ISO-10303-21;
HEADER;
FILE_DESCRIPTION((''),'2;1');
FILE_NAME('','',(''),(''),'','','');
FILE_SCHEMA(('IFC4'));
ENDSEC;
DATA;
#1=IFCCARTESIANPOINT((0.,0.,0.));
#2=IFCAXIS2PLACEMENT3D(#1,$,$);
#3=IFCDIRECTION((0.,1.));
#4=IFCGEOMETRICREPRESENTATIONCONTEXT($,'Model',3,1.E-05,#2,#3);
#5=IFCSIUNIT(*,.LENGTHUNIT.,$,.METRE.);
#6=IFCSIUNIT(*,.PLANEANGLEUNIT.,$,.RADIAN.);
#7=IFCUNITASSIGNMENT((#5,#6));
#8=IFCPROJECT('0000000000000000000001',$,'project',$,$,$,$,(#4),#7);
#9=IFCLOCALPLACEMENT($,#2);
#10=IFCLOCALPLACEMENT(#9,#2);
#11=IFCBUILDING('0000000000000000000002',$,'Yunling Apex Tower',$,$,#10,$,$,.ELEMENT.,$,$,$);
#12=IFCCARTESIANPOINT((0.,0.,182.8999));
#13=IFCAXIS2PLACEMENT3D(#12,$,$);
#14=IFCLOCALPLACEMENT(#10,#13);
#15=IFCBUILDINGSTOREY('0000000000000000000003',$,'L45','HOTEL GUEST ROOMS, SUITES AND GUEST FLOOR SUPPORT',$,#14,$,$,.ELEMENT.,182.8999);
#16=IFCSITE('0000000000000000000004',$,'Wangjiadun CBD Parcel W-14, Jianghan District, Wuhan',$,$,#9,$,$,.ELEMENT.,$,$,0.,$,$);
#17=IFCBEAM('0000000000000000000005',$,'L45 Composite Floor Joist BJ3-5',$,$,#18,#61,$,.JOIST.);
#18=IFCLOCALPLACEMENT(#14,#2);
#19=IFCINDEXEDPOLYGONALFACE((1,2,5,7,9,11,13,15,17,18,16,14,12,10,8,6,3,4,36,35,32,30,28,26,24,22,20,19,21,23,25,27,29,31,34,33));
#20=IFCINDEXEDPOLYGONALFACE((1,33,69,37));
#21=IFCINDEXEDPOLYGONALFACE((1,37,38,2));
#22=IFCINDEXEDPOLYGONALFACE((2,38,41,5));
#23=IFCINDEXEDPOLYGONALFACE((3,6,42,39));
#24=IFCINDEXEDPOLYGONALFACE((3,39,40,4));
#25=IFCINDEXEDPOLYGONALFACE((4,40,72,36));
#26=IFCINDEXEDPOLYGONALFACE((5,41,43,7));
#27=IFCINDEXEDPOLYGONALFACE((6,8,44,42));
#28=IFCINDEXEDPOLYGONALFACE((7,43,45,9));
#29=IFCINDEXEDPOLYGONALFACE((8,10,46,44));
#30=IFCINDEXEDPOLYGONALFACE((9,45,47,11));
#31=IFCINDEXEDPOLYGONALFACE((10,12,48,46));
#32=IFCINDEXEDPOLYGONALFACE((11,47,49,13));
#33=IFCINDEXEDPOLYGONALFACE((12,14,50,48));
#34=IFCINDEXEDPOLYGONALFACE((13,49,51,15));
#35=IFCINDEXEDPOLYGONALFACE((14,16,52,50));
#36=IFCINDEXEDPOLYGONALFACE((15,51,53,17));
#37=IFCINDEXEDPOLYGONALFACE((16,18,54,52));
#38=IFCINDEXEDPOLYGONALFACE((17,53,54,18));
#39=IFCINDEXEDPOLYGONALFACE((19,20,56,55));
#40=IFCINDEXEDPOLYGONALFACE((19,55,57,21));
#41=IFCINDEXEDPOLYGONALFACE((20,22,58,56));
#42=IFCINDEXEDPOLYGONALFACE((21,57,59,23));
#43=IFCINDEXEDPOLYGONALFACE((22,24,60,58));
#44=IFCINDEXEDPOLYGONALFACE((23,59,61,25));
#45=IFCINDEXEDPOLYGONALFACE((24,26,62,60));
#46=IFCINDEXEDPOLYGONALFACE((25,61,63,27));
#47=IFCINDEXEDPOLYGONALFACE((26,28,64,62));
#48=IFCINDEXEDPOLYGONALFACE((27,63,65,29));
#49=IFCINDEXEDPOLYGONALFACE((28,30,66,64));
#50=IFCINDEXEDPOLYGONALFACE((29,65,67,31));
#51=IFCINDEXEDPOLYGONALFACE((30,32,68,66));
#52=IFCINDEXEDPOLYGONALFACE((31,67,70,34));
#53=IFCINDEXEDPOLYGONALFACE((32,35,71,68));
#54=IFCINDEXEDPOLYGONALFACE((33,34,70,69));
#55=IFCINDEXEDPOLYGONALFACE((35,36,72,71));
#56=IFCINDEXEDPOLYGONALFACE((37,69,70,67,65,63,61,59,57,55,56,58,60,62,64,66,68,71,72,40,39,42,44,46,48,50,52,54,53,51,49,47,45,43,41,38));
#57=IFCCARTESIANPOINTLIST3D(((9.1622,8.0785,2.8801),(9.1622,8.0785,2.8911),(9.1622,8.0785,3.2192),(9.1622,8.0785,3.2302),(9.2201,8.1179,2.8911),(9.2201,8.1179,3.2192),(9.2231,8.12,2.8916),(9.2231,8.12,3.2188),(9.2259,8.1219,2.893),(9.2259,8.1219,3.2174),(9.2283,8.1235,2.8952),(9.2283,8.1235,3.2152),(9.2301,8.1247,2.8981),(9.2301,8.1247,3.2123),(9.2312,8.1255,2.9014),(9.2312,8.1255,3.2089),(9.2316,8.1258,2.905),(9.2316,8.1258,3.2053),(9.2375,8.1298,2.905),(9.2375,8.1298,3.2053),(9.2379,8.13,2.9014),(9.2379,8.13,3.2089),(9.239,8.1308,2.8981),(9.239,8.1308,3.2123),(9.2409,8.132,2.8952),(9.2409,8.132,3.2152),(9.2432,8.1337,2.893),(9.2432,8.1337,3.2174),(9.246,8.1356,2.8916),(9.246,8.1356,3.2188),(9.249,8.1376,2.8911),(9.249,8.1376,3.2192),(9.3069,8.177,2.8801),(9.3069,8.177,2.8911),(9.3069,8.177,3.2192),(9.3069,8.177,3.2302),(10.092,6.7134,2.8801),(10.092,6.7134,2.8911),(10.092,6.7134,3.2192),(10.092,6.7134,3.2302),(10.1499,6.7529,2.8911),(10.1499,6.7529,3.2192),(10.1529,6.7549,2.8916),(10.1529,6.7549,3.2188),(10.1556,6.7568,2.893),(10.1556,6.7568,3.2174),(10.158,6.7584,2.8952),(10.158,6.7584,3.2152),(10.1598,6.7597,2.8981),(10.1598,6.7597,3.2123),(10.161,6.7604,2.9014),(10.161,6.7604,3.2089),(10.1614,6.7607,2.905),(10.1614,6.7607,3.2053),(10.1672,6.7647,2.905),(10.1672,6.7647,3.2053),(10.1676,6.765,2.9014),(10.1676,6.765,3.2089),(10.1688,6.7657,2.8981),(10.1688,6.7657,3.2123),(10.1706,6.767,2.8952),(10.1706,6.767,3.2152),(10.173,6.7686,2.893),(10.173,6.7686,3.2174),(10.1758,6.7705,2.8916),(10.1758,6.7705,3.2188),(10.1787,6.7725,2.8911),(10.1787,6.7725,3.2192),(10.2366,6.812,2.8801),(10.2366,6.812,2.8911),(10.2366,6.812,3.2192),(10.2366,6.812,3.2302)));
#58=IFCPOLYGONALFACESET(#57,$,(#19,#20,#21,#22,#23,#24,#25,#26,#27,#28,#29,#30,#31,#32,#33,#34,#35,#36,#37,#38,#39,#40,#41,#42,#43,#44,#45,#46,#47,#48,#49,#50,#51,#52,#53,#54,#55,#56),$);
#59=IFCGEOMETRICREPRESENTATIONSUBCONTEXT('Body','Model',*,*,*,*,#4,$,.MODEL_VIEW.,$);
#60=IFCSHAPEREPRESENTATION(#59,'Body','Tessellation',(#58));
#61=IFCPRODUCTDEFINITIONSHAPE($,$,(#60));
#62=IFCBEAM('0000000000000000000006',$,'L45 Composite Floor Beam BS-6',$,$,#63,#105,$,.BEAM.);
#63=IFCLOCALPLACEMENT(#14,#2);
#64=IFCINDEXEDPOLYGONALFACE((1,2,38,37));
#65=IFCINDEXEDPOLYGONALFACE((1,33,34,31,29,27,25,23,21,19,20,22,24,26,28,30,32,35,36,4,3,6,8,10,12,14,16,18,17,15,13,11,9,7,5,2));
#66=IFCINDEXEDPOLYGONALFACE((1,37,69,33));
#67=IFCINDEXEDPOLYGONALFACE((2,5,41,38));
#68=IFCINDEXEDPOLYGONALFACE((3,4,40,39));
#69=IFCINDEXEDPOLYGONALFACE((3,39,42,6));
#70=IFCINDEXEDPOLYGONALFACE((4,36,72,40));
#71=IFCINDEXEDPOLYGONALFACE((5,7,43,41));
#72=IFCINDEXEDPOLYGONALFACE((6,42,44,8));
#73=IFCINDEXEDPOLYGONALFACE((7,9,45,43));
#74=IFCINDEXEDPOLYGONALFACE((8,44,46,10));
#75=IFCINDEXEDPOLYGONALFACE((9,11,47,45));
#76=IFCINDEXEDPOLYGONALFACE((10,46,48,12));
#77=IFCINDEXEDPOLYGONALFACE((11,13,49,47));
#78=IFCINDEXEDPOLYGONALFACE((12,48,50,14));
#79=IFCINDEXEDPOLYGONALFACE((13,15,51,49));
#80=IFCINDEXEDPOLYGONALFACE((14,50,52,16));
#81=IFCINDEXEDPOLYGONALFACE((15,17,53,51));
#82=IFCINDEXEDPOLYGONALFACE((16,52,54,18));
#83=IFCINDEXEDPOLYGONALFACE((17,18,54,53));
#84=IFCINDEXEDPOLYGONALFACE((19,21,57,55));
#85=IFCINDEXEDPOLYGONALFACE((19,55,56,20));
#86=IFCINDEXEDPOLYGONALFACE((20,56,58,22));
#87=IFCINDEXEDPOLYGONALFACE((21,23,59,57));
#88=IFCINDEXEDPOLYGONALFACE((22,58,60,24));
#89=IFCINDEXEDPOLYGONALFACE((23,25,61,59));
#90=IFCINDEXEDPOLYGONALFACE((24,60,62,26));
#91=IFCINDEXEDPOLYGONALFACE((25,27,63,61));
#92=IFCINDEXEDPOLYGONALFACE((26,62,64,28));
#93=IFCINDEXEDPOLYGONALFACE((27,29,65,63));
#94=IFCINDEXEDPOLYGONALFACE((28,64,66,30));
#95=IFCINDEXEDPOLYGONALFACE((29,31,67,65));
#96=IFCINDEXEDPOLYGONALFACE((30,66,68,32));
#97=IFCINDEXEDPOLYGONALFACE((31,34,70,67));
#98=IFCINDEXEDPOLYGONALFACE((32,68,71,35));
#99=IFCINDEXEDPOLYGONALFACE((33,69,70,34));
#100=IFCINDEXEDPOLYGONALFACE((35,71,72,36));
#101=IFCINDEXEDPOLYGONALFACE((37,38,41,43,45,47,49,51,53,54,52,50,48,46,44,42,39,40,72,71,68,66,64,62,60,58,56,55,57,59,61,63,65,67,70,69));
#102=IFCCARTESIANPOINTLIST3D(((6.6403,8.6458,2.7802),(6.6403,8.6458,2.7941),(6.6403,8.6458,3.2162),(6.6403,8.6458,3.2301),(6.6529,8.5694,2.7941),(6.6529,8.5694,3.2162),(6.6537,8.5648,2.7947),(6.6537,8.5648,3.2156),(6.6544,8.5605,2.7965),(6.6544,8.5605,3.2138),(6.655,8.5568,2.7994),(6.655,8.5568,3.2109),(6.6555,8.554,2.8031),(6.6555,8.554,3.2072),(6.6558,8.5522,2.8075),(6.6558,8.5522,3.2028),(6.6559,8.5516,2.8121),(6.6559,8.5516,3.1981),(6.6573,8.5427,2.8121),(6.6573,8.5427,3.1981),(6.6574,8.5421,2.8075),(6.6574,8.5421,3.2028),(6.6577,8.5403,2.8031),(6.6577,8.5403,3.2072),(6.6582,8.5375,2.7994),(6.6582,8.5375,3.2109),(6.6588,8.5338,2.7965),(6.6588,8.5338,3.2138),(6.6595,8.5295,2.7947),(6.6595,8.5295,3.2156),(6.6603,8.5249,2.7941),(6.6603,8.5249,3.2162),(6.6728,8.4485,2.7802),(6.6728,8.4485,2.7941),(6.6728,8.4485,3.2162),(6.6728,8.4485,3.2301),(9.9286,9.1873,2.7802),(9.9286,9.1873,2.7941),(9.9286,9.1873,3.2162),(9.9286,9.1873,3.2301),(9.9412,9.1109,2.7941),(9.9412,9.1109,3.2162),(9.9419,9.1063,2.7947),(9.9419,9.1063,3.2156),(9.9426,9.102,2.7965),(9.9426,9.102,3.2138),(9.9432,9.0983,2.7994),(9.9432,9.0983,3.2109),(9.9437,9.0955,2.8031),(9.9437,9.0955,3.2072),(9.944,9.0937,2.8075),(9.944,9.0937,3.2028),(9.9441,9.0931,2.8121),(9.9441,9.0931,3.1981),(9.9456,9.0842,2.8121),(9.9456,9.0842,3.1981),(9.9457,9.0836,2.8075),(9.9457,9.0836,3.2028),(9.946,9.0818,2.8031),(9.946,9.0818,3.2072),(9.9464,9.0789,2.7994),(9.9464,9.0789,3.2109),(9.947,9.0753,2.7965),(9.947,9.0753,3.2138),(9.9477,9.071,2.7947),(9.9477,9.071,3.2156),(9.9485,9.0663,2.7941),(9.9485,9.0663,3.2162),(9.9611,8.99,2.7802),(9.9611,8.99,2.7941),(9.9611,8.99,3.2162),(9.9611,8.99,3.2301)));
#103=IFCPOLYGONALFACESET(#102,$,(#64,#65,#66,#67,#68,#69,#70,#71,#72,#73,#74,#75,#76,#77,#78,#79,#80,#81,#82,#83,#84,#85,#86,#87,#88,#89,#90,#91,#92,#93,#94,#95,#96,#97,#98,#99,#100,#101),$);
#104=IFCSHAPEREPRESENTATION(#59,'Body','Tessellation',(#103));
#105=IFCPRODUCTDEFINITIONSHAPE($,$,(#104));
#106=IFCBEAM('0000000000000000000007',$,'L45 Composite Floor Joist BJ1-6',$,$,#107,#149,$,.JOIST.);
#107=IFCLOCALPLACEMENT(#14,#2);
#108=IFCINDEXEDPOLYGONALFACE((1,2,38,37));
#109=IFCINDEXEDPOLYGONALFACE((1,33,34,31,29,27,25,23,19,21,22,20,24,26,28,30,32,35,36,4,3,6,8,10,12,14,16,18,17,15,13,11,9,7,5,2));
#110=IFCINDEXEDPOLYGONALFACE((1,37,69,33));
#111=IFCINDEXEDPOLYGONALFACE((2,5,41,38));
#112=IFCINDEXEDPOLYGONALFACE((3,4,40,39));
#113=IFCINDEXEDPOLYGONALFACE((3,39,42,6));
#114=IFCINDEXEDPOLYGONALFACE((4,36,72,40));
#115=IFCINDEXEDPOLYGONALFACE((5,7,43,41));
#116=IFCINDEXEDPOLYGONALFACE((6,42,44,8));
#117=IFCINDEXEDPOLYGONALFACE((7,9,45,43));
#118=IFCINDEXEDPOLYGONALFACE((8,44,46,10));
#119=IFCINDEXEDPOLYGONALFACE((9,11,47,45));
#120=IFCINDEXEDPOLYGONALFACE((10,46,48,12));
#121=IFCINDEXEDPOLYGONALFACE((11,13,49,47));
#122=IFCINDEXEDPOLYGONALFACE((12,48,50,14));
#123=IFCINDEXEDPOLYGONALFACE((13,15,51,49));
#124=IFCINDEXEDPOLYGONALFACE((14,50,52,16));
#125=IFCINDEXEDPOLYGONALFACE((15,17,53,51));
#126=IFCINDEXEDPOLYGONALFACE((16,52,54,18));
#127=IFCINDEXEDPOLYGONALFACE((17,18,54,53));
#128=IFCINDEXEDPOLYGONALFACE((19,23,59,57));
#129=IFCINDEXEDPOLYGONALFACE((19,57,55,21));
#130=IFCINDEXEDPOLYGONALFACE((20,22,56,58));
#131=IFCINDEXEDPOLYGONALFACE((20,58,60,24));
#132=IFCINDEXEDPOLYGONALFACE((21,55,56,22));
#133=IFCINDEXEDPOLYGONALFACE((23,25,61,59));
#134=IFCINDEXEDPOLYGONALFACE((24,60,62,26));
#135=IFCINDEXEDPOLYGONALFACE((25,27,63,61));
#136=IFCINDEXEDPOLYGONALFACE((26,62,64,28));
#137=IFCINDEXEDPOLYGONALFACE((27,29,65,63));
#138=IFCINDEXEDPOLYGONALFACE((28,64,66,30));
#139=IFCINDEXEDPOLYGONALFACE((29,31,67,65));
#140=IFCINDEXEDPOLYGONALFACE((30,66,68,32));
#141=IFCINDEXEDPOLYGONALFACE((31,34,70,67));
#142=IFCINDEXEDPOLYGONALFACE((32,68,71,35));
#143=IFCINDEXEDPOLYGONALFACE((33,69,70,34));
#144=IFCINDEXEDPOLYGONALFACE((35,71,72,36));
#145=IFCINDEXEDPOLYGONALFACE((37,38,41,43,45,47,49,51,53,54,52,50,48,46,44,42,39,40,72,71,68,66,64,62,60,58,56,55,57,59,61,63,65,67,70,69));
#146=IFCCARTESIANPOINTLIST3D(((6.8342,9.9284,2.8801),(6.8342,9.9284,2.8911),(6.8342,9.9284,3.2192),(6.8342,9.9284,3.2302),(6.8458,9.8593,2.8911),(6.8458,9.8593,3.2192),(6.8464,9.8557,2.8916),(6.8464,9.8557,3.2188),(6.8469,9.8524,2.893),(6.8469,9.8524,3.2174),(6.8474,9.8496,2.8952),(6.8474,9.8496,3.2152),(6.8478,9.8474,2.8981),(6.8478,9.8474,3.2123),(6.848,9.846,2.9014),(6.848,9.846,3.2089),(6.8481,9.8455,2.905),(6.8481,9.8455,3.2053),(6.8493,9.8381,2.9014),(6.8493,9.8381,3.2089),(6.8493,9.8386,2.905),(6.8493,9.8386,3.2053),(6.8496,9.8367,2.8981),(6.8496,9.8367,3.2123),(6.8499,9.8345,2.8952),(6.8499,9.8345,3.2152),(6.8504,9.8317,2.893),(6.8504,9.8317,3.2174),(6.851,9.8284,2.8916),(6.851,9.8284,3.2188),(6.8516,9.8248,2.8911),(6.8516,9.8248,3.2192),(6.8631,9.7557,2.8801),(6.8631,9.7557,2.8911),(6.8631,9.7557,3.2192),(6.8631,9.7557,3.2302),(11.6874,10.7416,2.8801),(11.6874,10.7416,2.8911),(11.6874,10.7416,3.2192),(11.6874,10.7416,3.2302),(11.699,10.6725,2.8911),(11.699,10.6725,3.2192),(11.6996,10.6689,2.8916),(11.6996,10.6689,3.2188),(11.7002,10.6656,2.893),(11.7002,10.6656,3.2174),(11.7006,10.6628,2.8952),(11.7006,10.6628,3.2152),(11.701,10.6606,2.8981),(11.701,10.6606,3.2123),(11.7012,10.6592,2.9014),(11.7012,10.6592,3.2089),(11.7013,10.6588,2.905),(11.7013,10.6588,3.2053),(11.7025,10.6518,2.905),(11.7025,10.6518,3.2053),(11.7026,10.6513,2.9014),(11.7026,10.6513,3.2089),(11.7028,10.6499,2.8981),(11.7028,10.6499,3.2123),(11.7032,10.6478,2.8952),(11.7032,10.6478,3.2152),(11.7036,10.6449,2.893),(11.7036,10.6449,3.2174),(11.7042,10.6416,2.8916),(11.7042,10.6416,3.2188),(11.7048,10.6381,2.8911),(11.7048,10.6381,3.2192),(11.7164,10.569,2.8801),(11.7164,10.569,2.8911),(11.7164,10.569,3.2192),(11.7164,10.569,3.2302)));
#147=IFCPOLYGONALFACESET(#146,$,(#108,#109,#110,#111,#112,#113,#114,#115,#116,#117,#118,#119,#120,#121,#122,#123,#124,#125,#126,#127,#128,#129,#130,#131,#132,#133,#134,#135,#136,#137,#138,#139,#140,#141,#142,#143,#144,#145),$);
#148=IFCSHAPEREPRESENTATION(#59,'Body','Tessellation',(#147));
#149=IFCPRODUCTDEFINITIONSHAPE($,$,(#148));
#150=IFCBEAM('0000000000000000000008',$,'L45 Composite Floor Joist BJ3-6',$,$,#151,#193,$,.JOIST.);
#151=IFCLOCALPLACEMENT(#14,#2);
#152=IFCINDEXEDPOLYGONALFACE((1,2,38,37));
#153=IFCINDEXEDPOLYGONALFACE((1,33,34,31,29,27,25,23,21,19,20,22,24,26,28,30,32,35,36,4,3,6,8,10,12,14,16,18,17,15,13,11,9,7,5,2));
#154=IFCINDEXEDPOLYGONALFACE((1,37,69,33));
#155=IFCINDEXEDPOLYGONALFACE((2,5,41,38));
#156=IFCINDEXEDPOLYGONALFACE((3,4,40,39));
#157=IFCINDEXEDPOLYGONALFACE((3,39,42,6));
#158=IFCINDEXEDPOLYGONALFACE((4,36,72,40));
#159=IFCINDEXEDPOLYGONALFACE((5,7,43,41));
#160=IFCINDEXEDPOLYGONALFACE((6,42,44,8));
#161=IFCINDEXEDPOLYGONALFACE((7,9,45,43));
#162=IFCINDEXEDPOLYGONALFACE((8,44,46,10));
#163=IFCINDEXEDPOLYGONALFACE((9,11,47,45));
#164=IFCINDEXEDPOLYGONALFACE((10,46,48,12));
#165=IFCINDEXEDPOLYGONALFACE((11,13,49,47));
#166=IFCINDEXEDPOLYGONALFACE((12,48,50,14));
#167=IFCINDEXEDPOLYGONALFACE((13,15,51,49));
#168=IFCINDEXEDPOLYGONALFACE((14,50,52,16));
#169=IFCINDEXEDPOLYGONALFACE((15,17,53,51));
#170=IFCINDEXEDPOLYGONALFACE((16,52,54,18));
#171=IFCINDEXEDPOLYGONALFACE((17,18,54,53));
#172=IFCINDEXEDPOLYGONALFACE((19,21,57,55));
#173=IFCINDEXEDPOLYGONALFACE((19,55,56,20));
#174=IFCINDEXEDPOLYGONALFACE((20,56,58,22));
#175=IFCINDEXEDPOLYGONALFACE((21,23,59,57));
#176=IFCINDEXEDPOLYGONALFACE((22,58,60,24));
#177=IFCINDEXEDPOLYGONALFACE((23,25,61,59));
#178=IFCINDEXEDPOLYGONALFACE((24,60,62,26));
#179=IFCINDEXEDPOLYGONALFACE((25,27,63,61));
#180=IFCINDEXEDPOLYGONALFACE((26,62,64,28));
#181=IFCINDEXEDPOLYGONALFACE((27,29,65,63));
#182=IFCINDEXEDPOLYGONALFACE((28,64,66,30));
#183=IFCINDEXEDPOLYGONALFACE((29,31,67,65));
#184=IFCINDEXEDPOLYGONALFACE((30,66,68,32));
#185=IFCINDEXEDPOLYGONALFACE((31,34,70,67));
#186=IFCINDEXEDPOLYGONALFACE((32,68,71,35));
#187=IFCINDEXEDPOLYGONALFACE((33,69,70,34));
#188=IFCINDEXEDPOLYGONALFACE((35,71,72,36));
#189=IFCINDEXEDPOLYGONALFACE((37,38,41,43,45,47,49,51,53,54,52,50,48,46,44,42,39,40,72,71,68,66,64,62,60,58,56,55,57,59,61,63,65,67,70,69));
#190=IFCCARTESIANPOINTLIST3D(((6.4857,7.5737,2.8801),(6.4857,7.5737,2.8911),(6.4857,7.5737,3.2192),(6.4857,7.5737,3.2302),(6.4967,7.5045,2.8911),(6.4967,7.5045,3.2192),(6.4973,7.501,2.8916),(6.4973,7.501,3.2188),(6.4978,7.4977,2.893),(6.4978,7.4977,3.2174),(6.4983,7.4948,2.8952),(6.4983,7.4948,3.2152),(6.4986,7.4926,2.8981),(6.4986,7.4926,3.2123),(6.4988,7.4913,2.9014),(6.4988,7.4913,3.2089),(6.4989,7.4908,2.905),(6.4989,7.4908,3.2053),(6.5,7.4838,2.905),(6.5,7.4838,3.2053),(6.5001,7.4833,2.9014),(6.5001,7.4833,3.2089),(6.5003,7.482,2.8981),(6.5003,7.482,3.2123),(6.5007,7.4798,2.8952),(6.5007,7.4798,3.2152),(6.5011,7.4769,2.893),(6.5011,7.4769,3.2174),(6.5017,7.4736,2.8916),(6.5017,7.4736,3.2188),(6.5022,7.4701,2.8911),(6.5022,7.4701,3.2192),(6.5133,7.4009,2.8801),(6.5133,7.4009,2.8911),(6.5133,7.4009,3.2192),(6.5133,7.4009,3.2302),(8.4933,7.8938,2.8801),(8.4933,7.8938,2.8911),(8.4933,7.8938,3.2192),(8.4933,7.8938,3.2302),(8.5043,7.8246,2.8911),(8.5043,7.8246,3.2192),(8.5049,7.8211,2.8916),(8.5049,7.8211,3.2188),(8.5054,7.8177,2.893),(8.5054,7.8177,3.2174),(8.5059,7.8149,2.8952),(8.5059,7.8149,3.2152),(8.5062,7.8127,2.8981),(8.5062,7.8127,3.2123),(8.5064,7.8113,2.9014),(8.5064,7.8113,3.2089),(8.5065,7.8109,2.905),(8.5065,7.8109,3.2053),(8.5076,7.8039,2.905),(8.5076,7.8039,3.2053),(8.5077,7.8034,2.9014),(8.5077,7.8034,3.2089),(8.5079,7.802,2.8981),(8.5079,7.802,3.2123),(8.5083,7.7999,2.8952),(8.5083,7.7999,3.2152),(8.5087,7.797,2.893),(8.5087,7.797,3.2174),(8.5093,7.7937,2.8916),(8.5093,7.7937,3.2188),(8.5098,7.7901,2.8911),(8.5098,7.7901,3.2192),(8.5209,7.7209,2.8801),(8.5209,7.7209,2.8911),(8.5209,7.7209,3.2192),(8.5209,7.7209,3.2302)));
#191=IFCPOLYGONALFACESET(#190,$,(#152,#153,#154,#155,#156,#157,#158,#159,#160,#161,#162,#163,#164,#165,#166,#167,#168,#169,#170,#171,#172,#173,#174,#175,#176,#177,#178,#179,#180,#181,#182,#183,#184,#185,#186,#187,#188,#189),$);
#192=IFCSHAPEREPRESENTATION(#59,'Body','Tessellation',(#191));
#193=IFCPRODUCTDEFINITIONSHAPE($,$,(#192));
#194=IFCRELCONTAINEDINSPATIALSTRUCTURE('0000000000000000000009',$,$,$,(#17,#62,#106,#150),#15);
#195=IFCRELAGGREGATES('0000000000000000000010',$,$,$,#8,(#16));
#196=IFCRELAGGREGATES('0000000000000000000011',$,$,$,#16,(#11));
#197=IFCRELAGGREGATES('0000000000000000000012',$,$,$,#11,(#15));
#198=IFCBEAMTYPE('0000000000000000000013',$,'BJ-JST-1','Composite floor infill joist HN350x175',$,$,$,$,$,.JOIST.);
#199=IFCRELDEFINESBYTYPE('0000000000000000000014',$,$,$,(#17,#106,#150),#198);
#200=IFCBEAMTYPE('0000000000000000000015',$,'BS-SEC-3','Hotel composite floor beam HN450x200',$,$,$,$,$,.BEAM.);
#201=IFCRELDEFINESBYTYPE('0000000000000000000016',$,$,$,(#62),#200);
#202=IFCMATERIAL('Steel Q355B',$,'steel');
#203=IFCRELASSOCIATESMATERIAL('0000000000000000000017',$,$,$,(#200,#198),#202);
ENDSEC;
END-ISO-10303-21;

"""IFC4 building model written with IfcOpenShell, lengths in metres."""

from ifc_helpers import new_model, si_unit, direction, frame, origin, origin_2d, place, context, subcontext, project, spatial, i_section, extrude, source, transform, mapped, material, material_profile, profile_set, type_object, element, save


model = new_model("IFC4")

# Units and contexts
model_context = context("Model", 3, precision=1e-05, world=origin(), true_north=direction((0.0, 1.0)))
body_context = subcontext(model_context, "Body", "Model", "MODEL_VIEW")
ifc_project = project(units=[si_unit("LENGTHUNIT", "METRE"), si_unit("PLANEANGLEUNIT", "RADIAN")], contexts=[model_context])

# Site, building, storey
site_placement = place(None, origin())
site = spatial("IfcSite", under=ifc_project, at=site_placement, Name="Wangjiadun CBD Parcel W-14, Jianghan District, Wuhan", CompositionType="ELEMENT", RefElevation=0.0)
building_placement = place(site_placement, origin())
building = spatial("IfcBuilding", under=site, at=building_placement, Name="Yunling Apex Tower", CompositionType="ELEMENT")
storey_placement = place(building_placement, frame((0.0, 0.0, 182.8999)))
storey = spatial("IfcBuildingStorey", under=building, at=storey_placement, Name="L45", Description="HOTEL GUEST ROOMS, SUITES AND GUEST FLOOR SUPPORT", CompositionType="ELEMENT", Elevation=182.8999)

# Beams
ifc_material_1 = material(Name="Steel Q355B", Category="steel")
ifc_material_profile_1 = material_profile(ifc_material_1, i_section(OverallWidth=0.2, OverallDepth=0.45, WebThickness=0.009, FlangeThickness=0.0139, FilletRadius=0.0181, at=origin_2d()))
ifc_profile_set_1 = profile_set([ifc_material_profile_1], Name="Steel Q355B")
beam_type_1 = type_object("IfcBeamType", Name="BS-SEC-3", Description="Hotel composite floor beam HN450x200", PredefinedType="BEAM", material=ifc_profile_set_1)
ifc_material_profile_2 = material_profile(ifc_material_1, i_section(OverallWidth=0.175, OverallDepth=0.3501, WebThickness=0.0071, FlangeThickness=0.011, FilletRadius=0.0139, at=origin_2d()))
ifc_profile_set_2 = profile_set([ifc_material_profile_2], Name="Steel Q355B")
beam_type_2 = type_object("IfcBeamType", Name="BJ-JST-1", Description="Composite floor infill joist HN350x175", PredefinedType="JOIST", material=ifc_profile_set_2)
shared_shape_1 = source(origin(), body_context, "Body", "SweptSolid", [
    extrude(i_section(OverallWidth=0.175, OverallDepth=0.3501, WebThickness=0.0071, FlangeThickness=0.011, FilletRadius=0.0139, at=origin_2d()), origin(), (0.0, 0.0, 1.0), 1.6516),
])
beam_1_placement = place(storey_placement, frame((10.1643, 6.7627, 3.0552), z_axis=(-0.562929, 0.826506, 0.0), x_axis=(-0.826506, -0.562929, 0.0)))
element("IfcBeam", 1, at=beam_1_placement, inside=storey, type_object=beam_type_2, Name="L45 Composite Floor Joist BJ3-5", PredefinedType="JOIST", context=body_context, shape_type="MappedRepresentation", body=[
    mapped(shared_shape_1, transform((0.0, 0.0, 0.0), scale=1.0)),
])
shared_shape_2 = source(origin(), body_context, "Body", "SweptSolid", [
    extrude(i_section(OverallWidth=0.2, OverallDepth=0.45, WebThickness=0.009, FlangeThickness=0.0139, FilletRadius=0.0181, at=origin_2d()), origin(), (0.0, 0.0, 1.0), 3.3325),
])
beam_2_placement = place(storey_placement, frame((9.9448, 9.0886, 3.0051), z_axis=(-0.986711, -0.162486, 0.0), x_axis=(0.162486, -0.986711, 0.0)))
element("IfcBeam", 2, at=beam_2_placement, inside=storey, type_object=beam_type_1, Name="L45 Composite Floor Beam BS-6", PredefinedType="BEAM", context=body_context, shape_type="MappedRepresentation", body=[
    mapped(shared_shape_2, transform((0.0, 0.0, 0.0), scale=1.0)),
])
shared_shape_3 = source(origin(), body_context, "Body", "SweptSolid", [
    extrude(i_section(OverallWidth=0.175, OverallDepth=0.3501, WebThickness=0.0071, FlangeThickness=0.011, FilletRadius=0.0139, at=origin_2d()), origin(), (0.0, 0.0, 1.0), 4.9209),
])
beam_3_placement = place(storey_placement, frame((11.7019, 10.6553, 3.0552), z_axis=(-0.98625, -0.16526, 0.0), x_axis=(0.16526, -0.98625, 0.0)))
element("IfcBeam", 3, at=beam_3_placement, inside=storey, type_object=beam_type_2, Name="L45 Composite Floor Joist BJ1-6", PredefinedType="JOIST", context=body_context, shape_type="MappedRepresentation", body=[
    mapped(shared_shape_3, transform((0.0, 0.0, 0.0), scale=1.0)),
])
shared_shape_4 = source(origin(), body_context, "Body", "SweptSolid", [
    extrude(i_section(OverallWidth=0.175, OverallDepth=0.3501, WebThickness=0.0071, FlangeThickness=0.011, FilletRadius=0.0139, at=origin_2d()), origin(), (0.0, 0.0, 1.0), 2.033),
])
beam_4_placement = place(storey_placement, frame((8.5071, 7.8074, 3.0552), z_axis=(-0.987528, -0.157442, 0.0), x_axis=(0.157442, -0.987528, 0.0)))
element("IfcBeam", 4, at=beam_4_placement, inside=storey, type_object=beam_type_2, Name="L45 Composite Floor Joist BJ3-6", PredefinedType="JOIST", context=body_context, shape_type="MappedRepresentation", body=[
    mapped(shared_shape_4, transform((0.0, 0.0, 0.0), scale=1.0)),
])

save(model, "model.ifc")
